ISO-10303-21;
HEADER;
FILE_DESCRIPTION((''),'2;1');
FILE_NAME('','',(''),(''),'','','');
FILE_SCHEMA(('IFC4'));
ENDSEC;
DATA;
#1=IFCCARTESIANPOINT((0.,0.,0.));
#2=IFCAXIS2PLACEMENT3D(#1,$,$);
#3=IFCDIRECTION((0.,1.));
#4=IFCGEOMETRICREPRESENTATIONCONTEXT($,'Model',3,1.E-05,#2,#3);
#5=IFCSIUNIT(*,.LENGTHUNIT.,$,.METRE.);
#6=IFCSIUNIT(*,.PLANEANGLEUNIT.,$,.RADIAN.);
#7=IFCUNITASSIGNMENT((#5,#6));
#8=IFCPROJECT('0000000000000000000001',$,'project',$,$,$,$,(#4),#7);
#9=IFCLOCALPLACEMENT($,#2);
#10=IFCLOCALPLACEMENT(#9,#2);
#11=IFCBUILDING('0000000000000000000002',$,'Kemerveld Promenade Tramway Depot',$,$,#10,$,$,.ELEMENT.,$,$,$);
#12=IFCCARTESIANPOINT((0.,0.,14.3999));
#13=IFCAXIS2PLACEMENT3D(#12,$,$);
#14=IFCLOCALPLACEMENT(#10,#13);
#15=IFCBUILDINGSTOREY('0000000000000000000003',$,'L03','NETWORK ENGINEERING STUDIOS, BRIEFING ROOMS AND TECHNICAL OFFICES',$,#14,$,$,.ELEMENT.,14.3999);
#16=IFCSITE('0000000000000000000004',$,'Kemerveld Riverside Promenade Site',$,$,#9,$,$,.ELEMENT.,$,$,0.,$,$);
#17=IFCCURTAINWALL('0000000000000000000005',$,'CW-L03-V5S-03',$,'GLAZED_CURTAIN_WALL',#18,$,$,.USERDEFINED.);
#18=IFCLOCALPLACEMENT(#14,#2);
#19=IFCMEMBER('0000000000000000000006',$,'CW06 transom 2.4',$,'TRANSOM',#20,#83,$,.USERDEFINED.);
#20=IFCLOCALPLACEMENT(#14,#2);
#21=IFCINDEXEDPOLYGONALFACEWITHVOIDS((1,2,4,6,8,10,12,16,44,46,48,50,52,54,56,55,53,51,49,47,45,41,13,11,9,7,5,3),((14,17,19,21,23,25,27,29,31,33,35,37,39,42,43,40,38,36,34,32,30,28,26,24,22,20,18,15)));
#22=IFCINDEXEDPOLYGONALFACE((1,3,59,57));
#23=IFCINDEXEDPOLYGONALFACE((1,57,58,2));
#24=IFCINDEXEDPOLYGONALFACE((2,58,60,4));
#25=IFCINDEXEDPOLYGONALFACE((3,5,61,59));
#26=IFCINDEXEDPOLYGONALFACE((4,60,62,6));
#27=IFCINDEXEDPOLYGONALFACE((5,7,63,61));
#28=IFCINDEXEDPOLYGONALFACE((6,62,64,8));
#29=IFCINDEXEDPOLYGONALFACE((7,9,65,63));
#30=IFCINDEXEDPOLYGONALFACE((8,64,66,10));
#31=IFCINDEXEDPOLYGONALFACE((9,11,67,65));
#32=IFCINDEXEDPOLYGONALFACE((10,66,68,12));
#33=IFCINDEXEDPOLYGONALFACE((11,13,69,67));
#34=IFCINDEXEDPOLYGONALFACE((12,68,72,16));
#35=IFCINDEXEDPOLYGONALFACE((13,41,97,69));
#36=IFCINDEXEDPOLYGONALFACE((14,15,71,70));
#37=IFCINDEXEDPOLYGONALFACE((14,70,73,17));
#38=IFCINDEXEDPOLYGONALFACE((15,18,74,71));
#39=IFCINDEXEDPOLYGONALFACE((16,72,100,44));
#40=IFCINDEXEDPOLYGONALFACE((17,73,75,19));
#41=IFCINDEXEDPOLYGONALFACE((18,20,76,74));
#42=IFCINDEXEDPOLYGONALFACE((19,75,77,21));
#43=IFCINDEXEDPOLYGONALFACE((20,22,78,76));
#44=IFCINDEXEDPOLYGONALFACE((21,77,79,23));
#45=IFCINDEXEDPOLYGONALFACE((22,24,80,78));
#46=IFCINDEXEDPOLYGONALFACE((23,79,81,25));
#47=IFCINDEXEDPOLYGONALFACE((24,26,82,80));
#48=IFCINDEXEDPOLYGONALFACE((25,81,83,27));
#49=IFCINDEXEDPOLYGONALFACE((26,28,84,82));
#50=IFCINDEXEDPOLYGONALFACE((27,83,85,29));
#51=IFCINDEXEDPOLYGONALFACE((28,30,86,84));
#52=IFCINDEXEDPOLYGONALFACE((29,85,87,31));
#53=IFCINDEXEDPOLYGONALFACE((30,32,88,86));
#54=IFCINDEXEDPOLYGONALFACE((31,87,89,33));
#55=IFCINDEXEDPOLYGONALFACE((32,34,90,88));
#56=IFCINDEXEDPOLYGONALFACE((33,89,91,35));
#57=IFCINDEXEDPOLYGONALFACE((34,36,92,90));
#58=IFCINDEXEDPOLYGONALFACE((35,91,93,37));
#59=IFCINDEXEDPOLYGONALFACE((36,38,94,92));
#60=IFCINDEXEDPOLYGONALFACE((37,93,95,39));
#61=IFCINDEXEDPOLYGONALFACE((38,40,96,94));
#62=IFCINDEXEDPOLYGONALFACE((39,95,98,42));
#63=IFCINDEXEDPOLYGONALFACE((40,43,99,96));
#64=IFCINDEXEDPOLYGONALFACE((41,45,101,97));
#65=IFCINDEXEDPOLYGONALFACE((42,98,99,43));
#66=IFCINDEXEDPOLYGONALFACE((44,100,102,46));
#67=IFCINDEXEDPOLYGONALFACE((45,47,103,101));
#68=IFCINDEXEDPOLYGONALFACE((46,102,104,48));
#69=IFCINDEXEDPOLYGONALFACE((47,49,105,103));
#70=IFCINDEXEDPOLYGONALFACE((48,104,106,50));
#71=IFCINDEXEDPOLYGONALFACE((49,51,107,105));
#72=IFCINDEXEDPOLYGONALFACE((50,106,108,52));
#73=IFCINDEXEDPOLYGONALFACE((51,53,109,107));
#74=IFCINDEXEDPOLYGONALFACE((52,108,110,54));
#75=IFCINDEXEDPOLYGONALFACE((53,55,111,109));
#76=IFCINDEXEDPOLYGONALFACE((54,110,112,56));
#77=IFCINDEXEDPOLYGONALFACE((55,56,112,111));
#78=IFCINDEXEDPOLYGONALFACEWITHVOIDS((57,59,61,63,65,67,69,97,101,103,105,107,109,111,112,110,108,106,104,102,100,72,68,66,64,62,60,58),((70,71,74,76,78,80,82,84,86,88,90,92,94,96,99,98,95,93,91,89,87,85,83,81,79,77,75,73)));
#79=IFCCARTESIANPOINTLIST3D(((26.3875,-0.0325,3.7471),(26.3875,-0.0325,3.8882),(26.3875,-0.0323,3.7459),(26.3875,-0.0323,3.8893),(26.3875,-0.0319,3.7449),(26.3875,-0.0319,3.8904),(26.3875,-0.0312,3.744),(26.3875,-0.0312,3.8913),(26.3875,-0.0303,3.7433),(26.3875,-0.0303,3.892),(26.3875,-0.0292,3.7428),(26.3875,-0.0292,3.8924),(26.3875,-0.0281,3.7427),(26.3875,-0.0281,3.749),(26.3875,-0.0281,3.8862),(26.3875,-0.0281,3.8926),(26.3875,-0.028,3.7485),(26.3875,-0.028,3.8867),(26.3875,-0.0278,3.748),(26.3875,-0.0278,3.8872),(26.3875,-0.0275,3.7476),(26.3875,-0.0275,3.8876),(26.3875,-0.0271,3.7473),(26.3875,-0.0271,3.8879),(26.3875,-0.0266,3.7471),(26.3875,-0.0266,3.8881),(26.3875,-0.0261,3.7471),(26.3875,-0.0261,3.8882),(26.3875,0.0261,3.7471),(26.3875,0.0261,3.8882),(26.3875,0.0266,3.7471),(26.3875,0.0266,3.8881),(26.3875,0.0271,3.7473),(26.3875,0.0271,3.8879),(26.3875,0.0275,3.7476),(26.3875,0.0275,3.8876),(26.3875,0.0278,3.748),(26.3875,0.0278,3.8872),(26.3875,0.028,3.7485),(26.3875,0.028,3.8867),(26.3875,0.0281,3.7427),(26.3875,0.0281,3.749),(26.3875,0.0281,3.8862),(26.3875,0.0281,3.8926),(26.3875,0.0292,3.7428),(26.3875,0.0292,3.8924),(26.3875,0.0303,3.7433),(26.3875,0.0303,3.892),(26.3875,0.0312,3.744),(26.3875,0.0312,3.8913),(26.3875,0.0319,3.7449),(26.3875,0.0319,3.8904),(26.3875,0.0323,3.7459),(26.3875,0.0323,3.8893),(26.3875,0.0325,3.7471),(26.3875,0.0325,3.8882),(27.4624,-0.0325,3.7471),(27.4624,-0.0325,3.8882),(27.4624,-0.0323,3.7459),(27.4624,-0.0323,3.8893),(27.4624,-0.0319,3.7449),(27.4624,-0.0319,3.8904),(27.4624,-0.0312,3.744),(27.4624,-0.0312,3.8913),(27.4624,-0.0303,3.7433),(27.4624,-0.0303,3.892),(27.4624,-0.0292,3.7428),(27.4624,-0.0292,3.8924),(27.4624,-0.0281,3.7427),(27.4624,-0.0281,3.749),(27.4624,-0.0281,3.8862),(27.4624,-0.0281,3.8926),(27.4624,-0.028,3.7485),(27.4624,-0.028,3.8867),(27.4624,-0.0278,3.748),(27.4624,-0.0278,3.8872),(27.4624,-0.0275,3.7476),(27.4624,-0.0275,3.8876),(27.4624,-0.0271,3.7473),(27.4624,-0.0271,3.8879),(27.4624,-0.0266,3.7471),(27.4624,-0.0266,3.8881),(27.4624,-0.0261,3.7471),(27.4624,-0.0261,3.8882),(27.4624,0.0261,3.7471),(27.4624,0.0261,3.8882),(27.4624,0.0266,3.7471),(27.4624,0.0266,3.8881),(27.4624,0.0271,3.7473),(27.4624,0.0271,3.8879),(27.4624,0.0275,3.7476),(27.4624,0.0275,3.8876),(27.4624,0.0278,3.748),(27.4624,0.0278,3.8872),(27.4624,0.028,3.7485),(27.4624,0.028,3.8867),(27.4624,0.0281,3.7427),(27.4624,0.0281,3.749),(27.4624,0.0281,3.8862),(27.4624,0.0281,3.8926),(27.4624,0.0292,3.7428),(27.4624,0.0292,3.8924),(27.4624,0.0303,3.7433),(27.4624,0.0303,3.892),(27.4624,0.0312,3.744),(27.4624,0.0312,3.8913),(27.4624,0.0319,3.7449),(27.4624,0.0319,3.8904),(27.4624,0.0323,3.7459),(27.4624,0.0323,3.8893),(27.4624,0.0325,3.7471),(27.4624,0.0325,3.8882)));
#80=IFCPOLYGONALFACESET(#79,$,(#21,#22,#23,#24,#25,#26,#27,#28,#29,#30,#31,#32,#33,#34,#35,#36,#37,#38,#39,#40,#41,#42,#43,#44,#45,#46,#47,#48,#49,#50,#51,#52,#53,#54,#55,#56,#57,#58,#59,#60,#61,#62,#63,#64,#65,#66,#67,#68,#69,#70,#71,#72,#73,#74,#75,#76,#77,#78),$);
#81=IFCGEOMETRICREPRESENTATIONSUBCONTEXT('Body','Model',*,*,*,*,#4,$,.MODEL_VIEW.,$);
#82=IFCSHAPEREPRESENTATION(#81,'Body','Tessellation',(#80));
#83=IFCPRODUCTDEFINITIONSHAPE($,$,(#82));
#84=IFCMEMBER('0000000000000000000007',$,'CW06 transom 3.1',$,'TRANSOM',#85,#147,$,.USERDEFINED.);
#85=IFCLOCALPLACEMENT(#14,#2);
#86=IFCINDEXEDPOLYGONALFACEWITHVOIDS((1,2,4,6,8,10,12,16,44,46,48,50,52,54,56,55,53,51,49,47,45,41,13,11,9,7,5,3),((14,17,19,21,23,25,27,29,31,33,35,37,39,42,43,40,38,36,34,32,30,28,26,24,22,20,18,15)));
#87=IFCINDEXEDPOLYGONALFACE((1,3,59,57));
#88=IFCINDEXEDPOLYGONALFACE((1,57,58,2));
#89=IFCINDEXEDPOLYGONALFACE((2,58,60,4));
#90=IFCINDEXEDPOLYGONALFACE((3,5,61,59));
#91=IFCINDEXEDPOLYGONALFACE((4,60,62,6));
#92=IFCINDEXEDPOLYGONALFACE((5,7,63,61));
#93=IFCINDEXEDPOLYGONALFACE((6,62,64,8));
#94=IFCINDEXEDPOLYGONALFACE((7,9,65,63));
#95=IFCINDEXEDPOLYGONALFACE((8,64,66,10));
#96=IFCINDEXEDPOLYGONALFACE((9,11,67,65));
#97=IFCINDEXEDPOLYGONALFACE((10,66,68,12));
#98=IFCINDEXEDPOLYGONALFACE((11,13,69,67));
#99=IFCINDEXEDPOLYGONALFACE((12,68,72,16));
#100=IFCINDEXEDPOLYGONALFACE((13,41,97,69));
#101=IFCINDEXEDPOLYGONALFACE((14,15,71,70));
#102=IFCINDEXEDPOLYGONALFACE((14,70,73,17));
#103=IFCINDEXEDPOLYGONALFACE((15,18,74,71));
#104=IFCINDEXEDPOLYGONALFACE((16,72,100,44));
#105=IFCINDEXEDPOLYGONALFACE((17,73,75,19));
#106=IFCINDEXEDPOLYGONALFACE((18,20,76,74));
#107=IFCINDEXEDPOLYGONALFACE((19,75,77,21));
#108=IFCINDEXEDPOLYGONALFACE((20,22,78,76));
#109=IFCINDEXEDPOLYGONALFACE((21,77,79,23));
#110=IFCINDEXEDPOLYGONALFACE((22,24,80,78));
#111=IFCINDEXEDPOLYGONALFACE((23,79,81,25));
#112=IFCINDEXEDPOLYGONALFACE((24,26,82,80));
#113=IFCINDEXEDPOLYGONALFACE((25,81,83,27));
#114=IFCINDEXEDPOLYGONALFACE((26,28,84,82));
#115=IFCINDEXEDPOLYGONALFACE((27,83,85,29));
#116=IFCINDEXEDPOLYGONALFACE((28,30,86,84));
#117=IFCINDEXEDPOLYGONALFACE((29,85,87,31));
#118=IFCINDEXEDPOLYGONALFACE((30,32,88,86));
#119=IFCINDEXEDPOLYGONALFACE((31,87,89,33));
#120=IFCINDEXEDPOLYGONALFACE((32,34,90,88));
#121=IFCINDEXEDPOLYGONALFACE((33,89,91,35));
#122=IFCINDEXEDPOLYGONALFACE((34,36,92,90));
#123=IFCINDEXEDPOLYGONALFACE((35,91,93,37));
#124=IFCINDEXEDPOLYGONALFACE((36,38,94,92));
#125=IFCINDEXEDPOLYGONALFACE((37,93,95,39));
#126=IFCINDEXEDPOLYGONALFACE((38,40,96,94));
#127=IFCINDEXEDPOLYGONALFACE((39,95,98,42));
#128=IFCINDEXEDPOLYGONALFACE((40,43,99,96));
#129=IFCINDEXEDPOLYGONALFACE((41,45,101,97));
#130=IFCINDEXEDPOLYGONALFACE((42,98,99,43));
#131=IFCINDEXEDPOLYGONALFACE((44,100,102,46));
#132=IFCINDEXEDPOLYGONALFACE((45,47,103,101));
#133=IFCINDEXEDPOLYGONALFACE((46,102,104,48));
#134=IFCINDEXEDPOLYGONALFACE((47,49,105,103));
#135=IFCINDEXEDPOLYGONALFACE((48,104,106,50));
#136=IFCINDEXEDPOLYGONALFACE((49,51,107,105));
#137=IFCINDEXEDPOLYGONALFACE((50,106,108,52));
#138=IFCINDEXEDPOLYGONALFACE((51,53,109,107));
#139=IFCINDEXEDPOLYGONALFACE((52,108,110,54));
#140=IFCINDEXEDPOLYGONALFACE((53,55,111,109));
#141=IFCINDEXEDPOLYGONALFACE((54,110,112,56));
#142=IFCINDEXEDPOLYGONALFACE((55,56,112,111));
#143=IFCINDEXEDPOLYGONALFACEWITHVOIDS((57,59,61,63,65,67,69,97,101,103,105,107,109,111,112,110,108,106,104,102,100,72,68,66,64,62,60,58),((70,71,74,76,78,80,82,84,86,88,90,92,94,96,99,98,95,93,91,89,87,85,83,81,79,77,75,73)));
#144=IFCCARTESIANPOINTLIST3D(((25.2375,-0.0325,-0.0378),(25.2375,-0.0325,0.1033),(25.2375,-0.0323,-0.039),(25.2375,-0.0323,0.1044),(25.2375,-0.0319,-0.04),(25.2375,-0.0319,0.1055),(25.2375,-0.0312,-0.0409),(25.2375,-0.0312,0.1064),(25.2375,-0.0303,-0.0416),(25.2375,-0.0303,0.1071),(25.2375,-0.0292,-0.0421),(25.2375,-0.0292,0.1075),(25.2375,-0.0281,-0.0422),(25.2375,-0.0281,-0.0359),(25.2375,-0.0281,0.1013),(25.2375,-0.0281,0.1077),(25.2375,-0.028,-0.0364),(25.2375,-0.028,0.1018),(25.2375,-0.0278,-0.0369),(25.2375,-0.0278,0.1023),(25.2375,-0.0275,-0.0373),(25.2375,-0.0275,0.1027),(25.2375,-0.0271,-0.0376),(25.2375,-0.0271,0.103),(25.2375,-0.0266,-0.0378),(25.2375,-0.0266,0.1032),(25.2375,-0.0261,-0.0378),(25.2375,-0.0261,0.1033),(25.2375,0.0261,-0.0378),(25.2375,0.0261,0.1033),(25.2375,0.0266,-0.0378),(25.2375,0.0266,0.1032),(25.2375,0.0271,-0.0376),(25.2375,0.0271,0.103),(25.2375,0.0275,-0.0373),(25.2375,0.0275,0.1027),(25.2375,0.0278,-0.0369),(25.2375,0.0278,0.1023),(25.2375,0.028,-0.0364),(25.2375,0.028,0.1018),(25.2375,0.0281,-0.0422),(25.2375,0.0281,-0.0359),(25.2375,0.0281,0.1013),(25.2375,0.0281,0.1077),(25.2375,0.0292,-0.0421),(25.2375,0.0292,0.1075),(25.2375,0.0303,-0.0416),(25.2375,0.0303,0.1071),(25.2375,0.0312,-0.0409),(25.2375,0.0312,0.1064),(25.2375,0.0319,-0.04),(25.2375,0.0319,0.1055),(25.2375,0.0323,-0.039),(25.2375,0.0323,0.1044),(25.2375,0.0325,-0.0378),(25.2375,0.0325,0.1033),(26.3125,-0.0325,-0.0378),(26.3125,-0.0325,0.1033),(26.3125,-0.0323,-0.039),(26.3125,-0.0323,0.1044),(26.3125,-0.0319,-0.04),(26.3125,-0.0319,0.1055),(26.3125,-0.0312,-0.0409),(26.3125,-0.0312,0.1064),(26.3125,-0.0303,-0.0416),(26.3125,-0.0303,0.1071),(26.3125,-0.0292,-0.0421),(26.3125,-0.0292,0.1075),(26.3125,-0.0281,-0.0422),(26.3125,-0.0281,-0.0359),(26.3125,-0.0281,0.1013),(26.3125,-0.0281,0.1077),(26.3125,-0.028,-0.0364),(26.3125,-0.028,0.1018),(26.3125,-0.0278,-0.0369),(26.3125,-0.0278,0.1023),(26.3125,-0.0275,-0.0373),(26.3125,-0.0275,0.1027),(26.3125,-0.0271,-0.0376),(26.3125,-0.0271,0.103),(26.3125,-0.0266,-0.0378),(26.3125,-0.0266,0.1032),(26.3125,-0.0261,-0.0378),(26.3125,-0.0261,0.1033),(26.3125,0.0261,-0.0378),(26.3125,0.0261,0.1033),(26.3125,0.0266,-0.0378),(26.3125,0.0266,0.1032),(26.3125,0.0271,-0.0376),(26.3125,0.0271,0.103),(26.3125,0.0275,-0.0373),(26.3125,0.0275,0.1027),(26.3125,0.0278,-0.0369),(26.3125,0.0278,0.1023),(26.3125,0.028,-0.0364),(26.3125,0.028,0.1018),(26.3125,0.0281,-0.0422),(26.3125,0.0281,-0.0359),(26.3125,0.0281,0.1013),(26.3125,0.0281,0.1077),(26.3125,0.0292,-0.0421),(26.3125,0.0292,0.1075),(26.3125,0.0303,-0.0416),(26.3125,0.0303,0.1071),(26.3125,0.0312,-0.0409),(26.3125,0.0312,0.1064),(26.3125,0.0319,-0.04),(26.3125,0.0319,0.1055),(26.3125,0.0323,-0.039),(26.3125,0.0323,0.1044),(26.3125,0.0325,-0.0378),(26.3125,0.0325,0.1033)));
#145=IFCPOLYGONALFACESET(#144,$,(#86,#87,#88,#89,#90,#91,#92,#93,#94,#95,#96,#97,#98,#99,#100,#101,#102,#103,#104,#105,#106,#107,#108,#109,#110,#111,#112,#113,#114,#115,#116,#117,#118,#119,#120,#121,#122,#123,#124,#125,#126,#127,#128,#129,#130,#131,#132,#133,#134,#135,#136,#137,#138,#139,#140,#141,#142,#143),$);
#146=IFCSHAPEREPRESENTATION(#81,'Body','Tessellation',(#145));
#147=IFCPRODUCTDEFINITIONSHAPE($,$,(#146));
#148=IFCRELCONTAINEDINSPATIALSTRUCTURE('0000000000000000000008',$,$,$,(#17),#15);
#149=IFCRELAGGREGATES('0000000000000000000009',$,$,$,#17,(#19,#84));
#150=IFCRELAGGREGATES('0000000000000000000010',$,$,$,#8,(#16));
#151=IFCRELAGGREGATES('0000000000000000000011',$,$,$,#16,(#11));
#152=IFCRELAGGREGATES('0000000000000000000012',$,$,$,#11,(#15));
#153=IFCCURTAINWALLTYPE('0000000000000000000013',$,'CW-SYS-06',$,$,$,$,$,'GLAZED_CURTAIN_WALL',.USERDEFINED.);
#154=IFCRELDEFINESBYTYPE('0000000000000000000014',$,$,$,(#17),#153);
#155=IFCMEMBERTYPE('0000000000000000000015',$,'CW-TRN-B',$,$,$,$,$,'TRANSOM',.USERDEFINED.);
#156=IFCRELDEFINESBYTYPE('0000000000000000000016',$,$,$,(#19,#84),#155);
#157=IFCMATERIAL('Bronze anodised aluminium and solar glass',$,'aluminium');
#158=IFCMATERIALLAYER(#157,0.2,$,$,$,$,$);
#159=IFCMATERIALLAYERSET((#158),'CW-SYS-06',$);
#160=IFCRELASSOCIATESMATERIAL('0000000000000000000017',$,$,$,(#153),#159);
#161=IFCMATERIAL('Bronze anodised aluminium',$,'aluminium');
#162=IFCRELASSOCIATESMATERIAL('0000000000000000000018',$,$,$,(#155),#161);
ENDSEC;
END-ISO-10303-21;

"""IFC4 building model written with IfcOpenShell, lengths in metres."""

from ifc_helpers import new_model, si_unit, direction, frame, origin, origin_2d, place, context, subcontext, project, spatial, hollow_rectangle, extrude, material, layer, layer_set, material_profile, profile_set, type_object, element, aggregate, save


model = new_model("IFC4")

# Units and contexts
model_context = context("Model", 3, precision=1e-05, world=origin(), true_north=direction((0.0, 1.0)))
body_context = subcontext(model_context, "Body", "Model", "MODEL_VIEW")
ifc_project = project(units=[si_unit("LENGTHUNIT", "METRE"), si_unit("PLANEANGLEUNIT", "RADIAN")], contexts=[model_context])

# Site, building, storey
site_placement = place(None, origin())
site = spatial("IfcSite", under=ifc_project, at=site_placement, Name="Kemerveld Riverside Promenade Site", CompositionType="ELEMENT", RefElevation=0.0)
building_placement = place(site_placement, origin())
building = spatial("IfcBuilding", under=site, at=building_placement, Name="Kemerveld Promenade Tramway Depot", CompositionType="ELEMENT")
storey_placement = place(building_placement, frame((0.0, 0.0, 14.3999)))
storey = spatial("IfcBuildingStorey", under=building, at=storey_placement, Name="L03", Description="NETWORK ENGINEERING STUDIOS, BRIEFING ROOMS AND TECHNICAL OFFICES", CompositionType="ELEMENT", Elevation=14.3999)

# Curtain wall, members
ifc_material_1 = material(Name="Bronze anodised aluminium and solar glass", Category="aluminium")
ifc_layer_1 = layer(ifc_material_1, 0.2)
ifc_layer_set_1 = layer_set([ifc_layer_1], Name="CW-SYS-06")
curtain_wall_type = type_object("IfcCurtainWallType", Name="CW-SYS-06", ElementType="GLAZED_CURTAIN_WALL", PredefinedType="USERDEFINED", material=ifc_layer_set_1)
curtain_wall_placement = place(storey_placement, origin())
curtain_wall = element("IfcCurtainWall", 1, at=curtain_wall_placement, inside=storey, type_object=curtain_wall_type, Name="CW-L03-V5S-03", ObjectType="GLAZED_CURTAIN_WALL", PredefinedType="USERDEFINED")
ifc_material_2 = material(Name="Bronze anodised aluminium", Category="aluminium")
ifc_material_profile_1 = material_profile(ifc_material_2, hollow_rectangle(XDim=0.0649, YDim=0.1499, WallThickness=0.0044, InnerFilletRadius=0.002, OuterFilletRadius=0.0044, at=origin_2d()), Name="CW-TRN-150x65")
ifc_profile_set_1 = profile_set([ifc_material_profile_1], Name="Bronze anodised aluminium")
member_type_1 = type_object("IfcMemberType", Name="CW-TRN-B", ElementType="TRANSOM", PredefinedType="USERDEFINED", material=ifc_profile_set_1)
member_1_placement = place(storey_placement, frame((27.4624, 0.0, 3.8176), z_axis=(-1.0, 0.0, 0.0), x_axis=(0.0, -1.0, 0.0)))
member_1 = element("IfcMember", 2, at=member_1_placement, type_object=member_type_1, Name="CW06 transom 2.4", ObjectType="TRANSOM", PredefinedType="USERDEFINED", context=body_context, shape_type="SweptSolid", body=[
    extrude(hollow_rectangle(XDim=0.0649, YDim=0.1499, WallThickness=0.0044, InnerFilletRadius=0.002, OuterFilletRadius=0.0044, at=origin_2d()), origin(), (0.0, 0.0, 1.0), 1.075),
])
member_2_placement = place(storey_placement, frame((26.3125, 0.0, 0.0327), z_axis=(-1.0, 0.0, 0.0), x_axis=(0.0, -1.0, 0.0)))
member_2 = element("IfcMember", 3, at=member_2_placement, type_object=member_type_1, Name="CW06 transom 3.1", ObjectType="TRANSOM", PredefinedType="USERDEFINED", context=body_context, shape_type="SweptSolid", body=[
    extrude(hollow_rectangle(XDim=0.0649, YDim=0.1499, WallThickness=0.0044, InnerFilletRadius=0.002, OuterFilletRadius=0.0044, at=origin_2d()), origin(), (0.0, 0.0, 1.0), 1.075),
])
aggregate(curtain_wall, [member_1, member_2])

save(model, "model.ifc")
